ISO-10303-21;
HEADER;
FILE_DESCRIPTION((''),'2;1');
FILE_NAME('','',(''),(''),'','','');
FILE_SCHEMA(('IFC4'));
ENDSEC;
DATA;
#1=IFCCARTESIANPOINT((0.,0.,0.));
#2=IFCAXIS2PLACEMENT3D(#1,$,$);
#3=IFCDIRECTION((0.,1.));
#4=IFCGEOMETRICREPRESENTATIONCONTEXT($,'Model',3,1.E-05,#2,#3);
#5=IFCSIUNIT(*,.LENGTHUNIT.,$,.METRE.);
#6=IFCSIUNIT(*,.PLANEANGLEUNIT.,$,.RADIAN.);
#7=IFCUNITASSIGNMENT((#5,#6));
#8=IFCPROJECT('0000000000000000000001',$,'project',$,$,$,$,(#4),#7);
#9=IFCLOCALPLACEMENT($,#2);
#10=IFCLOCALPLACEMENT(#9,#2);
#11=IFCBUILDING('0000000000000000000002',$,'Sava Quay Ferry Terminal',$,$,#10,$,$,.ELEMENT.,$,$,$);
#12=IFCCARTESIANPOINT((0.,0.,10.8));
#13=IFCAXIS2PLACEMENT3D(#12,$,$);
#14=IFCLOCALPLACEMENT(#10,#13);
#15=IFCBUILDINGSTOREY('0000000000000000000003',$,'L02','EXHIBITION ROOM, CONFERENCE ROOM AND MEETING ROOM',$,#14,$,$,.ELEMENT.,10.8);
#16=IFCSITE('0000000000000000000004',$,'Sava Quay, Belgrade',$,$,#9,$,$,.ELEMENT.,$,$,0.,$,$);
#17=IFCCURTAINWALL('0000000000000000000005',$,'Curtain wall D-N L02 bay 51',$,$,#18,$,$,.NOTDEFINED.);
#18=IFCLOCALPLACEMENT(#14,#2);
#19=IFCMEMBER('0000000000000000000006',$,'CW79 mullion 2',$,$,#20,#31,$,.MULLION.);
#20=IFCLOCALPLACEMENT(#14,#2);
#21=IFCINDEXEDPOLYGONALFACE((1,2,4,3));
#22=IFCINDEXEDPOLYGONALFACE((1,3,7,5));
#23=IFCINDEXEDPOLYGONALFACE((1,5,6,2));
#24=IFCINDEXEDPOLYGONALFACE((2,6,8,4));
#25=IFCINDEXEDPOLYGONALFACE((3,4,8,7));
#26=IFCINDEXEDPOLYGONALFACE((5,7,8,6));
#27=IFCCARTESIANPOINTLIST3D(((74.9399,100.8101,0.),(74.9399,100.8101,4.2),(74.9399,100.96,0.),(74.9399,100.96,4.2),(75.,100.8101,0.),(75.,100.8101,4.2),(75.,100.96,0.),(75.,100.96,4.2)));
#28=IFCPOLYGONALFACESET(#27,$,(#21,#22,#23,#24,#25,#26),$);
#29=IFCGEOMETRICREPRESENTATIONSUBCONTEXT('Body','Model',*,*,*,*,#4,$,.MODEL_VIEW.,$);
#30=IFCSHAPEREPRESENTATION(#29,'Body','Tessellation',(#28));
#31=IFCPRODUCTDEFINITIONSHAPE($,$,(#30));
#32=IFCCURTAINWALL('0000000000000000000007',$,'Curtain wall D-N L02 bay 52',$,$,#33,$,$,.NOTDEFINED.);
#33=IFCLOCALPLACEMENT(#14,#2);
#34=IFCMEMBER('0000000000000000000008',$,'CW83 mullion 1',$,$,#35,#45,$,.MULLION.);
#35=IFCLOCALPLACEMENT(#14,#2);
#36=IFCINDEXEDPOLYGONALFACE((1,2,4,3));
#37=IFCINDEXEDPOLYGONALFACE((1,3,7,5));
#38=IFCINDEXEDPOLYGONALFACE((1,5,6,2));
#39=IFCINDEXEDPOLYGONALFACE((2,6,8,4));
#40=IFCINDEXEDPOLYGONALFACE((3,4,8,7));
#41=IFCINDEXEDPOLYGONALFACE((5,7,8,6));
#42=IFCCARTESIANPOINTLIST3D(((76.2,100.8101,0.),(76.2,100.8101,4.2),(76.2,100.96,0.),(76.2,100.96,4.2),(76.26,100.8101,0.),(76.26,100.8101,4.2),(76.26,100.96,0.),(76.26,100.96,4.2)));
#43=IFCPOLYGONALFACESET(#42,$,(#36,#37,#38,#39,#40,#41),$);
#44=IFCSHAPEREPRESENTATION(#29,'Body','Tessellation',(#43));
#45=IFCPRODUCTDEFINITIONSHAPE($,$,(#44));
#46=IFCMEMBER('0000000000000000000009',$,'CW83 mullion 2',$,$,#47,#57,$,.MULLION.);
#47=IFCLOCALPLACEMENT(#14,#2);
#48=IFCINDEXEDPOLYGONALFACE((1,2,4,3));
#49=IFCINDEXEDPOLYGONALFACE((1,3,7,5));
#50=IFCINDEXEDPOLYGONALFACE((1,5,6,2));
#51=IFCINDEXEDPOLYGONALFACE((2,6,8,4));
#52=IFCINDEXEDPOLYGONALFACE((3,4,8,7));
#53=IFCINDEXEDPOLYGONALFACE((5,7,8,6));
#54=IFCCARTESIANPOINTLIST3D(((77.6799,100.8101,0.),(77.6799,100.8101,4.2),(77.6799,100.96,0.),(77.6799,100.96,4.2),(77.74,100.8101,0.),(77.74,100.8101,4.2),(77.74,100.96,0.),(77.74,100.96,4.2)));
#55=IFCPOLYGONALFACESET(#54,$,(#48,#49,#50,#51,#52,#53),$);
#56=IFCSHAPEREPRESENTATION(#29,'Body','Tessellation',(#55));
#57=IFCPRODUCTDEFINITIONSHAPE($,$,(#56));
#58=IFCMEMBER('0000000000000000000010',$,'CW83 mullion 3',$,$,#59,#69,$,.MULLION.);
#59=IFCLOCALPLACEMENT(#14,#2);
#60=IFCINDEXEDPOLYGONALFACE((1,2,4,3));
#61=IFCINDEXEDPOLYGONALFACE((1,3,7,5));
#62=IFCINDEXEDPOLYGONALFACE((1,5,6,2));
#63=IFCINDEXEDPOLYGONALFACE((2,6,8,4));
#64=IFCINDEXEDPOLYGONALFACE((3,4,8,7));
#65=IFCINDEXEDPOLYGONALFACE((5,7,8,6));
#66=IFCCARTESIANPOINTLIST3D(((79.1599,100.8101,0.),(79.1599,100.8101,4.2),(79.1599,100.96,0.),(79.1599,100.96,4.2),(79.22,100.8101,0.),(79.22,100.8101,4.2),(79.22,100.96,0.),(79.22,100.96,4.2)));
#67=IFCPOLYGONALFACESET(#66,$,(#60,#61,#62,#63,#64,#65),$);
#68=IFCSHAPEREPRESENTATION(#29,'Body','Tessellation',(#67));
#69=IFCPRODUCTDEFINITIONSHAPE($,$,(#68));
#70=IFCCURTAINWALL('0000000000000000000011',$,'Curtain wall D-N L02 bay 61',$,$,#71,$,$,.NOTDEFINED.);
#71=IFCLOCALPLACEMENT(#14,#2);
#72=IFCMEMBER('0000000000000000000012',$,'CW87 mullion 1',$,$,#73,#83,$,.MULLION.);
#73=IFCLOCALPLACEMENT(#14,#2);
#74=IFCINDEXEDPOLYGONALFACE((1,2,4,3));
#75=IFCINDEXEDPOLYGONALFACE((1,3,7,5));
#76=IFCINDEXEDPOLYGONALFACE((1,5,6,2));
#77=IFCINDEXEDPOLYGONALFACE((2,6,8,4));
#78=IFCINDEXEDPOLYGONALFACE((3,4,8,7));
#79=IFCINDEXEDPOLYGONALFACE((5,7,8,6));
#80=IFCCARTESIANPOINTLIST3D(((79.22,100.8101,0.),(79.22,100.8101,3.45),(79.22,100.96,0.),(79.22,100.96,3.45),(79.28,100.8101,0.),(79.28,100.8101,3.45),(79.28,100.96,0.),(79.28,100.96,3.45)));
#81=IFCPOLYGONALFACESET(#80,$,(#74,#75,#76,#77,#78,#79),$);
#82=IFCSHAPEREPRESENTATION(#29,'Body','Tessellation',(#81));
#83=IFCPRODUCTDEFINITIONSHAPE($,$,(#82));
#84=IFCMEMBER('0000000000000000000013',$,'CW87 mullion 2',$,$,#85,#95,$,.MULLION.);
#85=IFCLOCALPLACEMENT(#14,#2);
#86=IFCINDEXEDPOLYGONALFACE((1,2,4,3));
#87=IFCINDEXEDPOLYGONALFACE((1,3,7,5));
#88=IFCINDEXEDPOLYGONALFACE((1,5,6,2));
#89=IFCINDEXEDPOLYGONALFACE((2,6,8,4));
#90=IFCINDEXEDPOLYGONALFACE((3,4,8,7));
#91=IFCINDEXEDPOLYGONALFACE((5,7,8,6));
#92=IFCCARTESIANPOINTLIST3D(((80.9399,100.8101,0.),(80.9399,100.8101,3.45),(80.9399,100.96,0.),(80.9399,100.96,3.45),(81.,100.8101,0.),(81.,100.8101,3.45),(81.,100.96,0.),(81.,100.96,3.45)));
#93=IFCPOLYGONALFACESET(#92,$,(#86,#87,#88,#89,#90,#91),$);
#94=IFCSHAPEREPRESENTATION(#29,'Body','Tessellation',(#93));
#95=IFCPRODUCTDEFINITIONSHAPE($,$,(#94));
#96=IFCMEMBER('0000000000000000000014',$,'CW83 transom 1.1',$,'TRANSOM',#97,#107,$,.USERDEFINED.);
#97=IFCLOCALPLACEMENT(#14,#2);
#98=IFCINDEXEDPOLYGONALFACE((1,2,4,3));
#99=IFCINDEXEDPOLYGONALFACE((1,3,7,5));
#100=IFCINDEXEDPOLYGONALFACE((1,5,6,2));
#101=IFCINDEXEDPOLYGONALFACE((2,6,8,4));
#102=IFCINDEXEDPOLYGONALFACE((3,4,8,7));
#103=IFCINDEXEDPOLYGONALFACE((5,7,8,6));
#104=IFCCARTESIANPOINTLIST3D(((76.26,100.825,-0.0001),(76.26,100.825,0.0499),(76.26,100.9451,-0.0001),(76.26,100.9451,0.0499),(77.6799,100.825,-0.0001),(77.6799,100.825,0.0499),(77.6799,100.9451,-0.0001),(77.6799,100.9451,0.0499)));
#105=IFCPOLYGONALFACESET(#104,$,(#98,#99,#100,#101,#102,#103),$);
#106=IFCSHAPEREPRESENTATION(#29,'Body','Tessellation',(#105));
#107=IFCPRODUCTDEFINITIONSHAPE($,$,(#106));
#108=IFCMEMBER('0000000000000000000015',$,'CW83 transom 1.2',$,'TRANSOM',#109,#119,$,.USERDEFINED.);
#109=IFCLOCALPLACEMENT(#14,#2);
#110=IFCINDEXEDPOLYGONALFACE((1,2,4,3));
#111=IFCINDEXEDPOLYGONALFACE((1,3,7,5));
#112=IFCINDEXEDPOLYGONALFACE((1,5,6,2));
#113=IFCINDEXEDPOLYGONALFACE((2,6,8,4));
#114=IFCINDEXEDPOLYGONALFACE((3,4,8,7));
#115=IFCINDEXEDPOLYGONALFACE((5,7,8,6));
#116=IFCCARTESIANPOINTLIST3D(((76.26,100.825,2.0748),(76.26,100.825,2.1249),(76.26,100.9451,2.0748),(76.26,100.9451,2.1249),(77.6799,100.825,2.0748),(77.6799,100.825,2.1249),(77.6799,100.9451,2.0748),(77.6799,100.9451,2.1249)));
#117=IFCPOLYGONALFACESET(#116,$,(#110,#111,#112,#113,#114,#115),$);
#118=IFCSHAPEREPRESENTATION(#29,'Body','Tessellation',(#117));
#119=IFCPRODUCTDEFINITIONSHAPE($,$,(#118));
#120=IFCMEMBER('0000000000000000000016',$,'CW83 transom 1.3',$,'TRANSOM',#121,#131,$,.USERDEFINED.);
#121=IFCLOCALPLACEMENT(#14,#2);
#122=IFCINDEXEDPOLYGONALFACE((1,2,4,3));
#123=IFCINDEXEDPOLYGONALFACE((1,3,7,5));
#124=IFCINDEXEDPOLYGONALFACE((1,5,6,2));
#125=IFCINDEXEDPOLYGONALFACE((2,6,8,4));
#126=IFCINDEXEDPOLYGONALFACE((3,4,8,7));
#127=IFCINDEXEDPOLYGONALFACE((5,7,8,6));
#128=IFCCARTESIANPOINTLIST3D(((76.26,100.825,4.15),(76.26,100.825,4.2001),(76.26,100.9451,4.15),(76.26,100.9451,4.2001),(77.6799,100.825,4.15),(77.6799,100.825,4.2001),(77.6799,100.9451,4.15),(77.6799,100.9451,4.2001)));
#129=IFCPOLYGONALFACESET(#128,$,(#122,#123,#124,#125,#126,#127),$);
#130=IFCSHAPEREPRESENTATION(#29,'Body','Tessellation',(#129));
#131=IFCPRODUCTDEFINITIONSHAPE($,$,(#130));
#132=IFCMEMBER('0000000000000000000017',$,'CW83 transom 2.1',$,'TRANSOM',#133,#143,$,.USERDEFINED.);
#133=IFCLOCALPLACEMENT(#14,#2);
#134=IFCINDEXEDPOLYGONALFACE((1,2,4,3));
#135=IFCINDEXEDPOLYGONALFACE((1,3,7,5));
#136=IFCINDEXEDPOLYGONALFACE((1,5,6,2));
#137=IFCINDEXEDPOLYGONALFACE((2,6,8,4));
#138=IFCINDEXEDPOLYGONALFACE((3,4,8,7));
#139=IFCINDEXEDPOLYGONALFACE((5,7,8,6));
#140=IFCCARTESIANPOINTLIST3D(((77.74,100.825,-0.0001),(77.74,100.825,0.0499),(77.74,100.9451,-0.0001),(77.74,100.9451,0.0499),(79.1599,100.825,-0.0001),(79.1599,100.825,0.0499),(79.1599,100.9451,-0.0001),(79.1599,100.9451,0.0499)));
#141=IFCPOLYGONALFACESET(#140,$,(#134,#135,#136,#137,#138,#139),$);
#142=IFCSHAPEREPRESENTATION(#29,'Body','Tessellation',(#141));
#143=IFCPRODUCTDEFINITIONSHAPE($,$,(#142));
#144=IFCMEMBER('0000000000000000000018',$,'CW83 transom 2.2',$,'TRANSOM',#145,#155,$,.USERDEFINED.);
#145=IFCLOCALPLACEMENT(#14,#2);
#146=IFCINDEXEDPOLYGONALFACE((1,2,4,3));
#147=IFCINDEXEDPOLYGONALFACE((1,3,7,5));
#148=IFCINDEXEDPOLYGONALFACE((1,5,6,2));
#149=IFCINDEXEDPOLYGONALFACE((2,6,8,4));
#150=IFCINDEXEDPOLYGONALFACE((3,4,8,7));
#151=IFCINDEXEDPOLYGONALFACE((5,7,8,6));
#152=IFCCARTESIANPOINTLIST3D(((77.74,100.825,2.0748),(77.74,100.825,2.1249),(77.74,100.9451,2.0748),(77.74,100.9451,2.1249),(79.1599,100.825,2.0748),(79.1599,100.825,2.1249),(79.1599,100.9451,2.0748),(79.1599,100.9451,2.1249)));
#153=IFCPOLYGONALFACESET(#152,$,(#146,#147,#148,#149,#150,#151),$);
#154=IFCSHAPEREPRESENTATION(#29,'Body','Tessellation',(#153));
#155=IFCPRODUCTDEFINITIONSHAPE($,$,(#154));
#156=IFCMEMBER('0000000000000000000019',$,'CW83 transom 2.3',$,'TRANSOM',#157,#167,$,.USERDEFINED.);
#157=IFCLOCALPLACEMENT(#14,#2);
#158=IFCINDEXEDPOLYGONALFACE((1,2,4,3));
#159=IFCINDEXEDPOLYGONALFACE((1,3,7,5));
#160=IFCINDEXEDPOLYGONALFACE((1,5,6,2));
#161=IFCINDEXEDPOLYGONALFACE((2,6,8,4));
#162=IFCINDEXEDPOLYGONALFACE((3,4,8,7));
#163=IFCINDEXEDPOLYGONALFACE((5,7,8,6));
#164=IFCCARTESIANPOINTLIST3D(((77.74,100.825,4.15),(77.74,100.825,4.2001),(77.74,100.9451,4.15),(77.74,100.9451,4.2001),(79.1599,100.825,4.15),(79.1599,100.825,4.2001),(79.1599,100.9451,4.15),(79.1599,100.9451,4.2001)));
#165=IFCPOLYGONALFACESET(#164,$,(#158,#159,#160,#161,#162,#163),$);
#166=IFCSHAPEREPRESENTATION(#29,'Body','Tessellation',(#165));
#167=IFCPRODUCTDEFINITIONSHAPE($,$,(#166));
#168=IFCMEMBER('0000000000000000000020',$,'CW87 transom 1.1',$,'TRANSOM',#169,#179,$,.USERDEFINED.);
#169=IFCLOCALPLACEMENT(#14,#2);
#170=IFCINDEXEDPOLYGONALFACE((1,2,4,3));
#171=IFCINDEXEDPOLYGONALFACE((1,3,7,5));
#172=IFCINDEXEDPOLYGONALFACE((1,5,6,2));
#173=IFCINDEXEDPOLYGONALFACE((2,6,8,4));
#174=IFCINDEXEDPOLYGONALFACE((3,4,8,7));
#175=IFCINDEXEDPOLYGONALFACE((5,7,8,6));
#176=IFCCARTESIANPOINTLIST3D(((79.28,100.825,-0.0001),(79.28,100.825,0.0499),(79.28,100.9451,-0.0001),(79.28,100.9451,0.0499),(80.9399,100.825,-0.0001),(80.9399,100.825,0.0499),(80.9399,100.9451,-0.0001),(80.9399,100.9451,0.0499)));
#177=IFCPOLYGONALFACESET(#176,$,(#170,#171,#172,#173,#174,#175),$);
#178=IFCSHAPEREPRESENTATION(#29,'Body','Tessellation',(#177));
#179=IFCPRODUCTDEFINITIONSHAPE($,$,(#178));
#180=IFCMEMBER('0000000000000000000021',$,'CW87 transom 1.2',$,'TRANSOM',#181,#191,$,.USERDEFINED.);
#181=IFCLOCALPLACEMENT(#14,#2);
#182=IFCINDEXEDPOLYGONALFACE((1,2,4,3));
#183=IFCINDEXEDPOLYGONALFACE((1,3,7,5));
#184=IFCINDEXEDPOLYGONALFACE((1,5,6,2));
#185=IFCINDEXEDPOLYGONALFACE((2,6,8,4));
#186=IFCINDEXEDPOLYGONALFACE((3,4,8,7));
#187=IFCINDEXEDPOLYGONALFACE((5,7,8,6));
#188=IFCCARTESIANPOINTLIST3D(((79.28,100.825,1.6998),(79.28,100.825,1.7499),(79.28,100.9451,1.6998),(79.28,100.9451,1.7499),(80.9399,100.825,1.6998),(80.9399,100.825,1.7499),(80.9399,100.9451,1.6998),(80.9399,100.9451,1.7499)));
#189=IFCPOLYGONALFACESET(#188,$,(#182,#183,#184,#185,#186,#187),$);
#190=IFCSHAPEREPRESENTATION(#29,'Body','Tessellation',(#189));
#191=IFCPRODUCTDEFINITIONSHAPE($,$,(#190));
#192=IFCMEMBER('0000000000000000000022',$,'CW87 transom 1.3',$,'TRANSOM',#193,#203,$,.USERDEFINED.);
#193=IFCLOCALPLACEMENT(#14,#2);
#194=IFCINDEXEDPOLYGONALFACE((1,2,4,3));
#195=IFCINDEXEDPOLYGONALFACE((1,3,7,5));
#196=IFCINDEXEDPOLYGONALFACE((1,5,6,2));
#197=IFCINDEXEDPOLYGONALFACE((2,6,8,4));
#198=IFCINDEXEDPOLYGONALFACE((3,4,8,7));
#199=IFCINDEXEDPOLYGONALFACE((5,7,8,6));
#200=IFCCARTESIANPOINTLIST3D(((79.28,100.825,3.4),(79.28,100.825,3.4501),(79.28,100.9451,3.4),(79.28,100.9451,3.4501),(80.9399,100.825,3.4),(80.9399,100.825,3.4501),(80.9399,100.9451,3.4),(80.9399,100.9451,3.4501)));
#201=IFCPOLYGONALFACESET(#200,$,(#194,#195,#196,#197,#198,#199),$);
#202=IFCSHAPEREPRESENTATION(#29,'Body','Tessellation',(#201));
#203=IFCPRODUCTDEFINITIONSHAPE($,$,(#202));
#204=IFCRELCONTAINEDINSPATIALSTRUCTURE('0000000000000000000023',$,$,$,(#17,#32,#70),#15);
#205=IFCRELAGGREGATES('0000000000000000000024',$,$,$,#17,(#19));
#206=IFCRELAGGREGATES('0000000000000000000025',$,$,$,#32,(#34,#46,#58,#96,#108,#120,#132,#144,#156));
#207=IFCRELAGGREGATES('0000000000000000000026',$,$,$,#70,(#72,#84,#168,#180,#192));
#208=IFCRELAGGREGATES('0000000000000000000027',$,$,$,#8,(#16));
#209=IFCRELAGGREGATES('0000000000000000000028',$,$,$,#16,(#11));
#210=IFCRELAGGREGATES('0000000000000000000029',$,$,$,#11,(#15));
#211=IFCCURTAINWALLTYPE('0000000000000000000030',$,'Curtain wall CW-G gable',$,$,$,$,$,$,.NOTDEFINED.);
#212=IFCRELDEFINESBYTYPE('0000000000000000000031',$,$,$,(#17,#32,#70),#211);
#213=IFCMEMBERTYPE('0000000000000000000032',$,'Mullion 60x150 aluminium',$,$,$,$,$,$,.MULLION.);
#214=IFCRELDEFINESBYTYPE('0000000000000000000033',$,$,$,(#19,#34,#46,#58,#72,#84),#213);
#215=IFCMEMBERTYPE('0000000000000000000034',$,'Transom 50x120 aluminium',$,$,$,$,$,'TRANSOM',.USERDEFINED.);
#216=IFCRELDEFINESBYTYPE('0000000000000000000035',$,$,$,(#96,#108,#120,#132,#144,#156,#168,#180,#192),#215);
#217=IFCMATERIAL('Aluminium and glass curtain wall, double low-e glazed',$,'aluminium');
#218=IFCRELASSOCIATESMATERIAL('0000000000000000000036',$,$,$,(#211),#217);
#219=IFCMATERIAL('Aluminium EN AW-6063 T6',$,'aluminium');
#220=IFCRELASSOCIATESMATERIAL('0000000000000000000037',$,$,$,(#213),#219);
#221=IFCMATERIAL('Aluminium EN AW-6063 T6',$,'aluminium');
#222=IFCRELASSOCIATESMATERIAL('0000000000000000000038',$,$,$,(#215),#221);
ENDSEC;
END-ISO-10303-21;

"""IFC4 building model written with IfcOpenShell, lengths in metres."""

from ifc_helpers import new_model, si_unit, direction, frame, origin, origin_2d, place, context, subcontext, project, spatial, rectangle, extrude, material, material_profile, profile_set, type_object, element, aggregate, save


model = new_model("IFC4")

# Units and contexts
model_context = context("Model", 3, precision=1e-05, world=origin(), true_north=direction((0.0, 1.0)))
body_context = subcontext(model_context, "Body", "Model", "MODEL_VIEW")
ifc_project = project(units=[si_unit("LENGTHUNIT", "METRE"), si_unit("PLANEANGLEUNIT", "RADIAN")], contexts=[model_context])

# Site, building, storey
site_placement = place(None, origin())
site = spatial("IfcSite", under=ifc_project, at=site_placement, Name="Sava Quay, Belgrade", CompositionType="ELEMENT", RefElevation=0.0)
building_placement = place(site_placement, origin())
building = spatial("IfcBuilding", under=site, at=building_placement, Name="Sava Quay Ferry Terminal", CompositionType="ELEMENT")
storey_placement = place(building_placement, frame((0.0, 0.0, 10.8)))
storey = spatial("IfcBuildingStorey", under=building, at=storey_placement, Name="L02", Description="EXHIBITION ROOM, CONFERENCE ROOM AND MEETING ROOM", CompositionType="ELEMENT", Elevation=10.8)

# Curtain wall, member
ifc_material_1 = material(Name="Aluminium and glass curtain wall, double low-e glazed", Category="aluminium")
curtain_wall_type = type_object("IfcCurtainWallType", Name="Curtain wall CW-G gable", PredefinedType="NOTDEFINED", material=ifc_material_1)
curtain_wall_1_placement = place(storey_placement, origin())
curtain_wall_1 = element("IfcCurtainWall", 1, at=curtain_wall_1_placement, inside=storey, type_object=curtain_wall_type, Name="Curtain wall D-N L02 bay 51", PredefinedType="NOTDEFINED")
ifc_material_2 = material(Name="Aluminium EN AW-6063 T6", Category="aluminium")
ifc_material_profile_1 = material_profile(ifc_material_2, rectangle(XDim=0.1499, YDim=0.0601, at=origin_2d()), Name="Mullion 60x150 aluminium")
ifc_profile_set_1 = profile_set([ifc_material_profile_1], Name="Aluminium EN AW-6063 T6")
member_type_1 = type_object("IfcMemberType", Name="Mullion 60x150 aluminium", PredefinedType="MULLION", material=ifc_profile_set_1)
member_1_placement = place(storey_placement, frame((74.97, 100.885, 0.0), z_axis=(0.0, 0.0, 1.0), x_axis=(0.0, 1.0, 0.0)))
member_1 = element("IfcMember", 2, at=member_1_placement, type_object=member_type_1, Name="CW79 mullion 2", PredefinedType="MULLION", context=body_context, shape_type="SweptSolid", body=[
    extrude(rectangle(XDim=0.1499, YDim=0.0601, at=origin_2d()), origin(), (0.0, 0.0, 1.0), 4.2),
])

# Curtain walls, members
curtain_wall_2_placement = place(storey_placement, origin())
curtain_wall_2 = element("IfcCurtainWall", 3, at=curtain_wall_2_placement, inside=storey, type_object=curtain_wall_type, Name="Curtain wall D-N L02 bay 52", PredefinedType="NOTDEFINED")
member_2_placement = place(storey_placement, frame((76.23, 100.885, 0.0), z_axis=(0.0, 0.0, 1.0), x_axis=(0.0, 1.0, 0.0)))
member_2 = element("IfcMember", 4, at=member_2_placement, type_object=member_type_1, Name="CW83 mullion 1", PredefinedType="MULLION", context=body_context, shape_type="SweptSolid", body=[
    extrude(rectangle(XDim=0.1499, YDim=0.0601, at=origin_2d()), origin(), (0.0, 0.0, 1.0), 4.2),
])
member_3_placement = place(storey_placement, frame((77.71, 100.885, 0.0), z_axis=(0.0, 0.0, 1.0), x_axis=(0.0, 1.0, 0.0)))
member_3 = element("IfcMember", 5, at=member_3_placement, type_object=member_type_1, Name="CW83 mullion 2", PredefinedType="MULLION", context=body_context, shape_type="SweptSolid", body=[
    extrude(rectangle(XDim=0.1499, YDim=0.0601, at=origin_2d()), origin(), (0.0, 0.0, 1.0), 4.2),
])
member_4_placement = place(storey_placement, frame((79.1899, 100.885, 0.0), z_axis=(0.0, 0.0, 1.0), x_axis=(0.0, 1.0, 0.0)))
member_4 = element("IfcMember", 6, at=member_4_placement, type_object=member_type_1, Name="CW83 mullion 3", PredefinedType="MULLION", context=body_context, shape_type="SweptSolid", body=[
    extrude(rectangle(XDim=0.1499, YDim=0.0601, at=origin_2d()), origin(), (0.0, 0.0, 1.0), 4.2),
])
curtain_wall_3_placement = place(storey_placement, origin())
curtain_wall_3 = element("IfcCurtainWall", 7, at=curtain_wall_3_placement, inside=storey, type_object=curtain_wall_type, Name="Curtain wall D-N L02 bay 61", PredefinedType="NOTDEFINED")
member_5_placement = place(storey_placement, frame((79.25, 100.885, 0.0), z_axis=(0.0, 0.0, 1.0), x_axis=(0.0, 1.0, 0.0)))
member_5 = element("IfcMember", 8, at=member_5_placement, type_object=member_type_1, Name="CW87 mullion 1", PredefinedType="MULLION", context=body_context, shape_type="SweptSolid", body=[
    extrude(rectangle(XDim=0.1499, YDim=0.0601, at=origin_2d()), origin(), (0.0, 0.0, 1.0), 3.45),
])
member_6_placement = place(storey_placement, frame((80.97, 100.885, 0.0), z_axis=(0.0, 0.0, 1.0), x_axis=(0.0, 1.0, 0.0)))
member_6 = element("IfcMember", 9, at=member_6_placement, type_object=member_type_1, Name="CW87 mullion 2", PredefinedType="MULLION", context=body_context, shape_type="SweptSolid", body=[
    extrude(rectangle(XDim=0.1499, YDim=0.0601, at=origin_2d()), origin(), (0.0, 0.0, 1.0), 3.45),
])

# Members
ifc_material_3 = material(Name="Aluminium EN AW-6063 T6", Category="aluminium")
ifc_material_profile_2 = material_profile(ifc_material_3, rectangle(XDim=0.1201, YDim=0.05, at=origin_2d()), Name="Transom 50x120 aluminium")
ifc_profile_set_2 = profile_set([ifc_material_profile_2], Name="Aluminium EN AW-6063 T6")
member_type_2 = type_object("IfcMemberType", Name="Transom 50x120 aluminium", ElementType="TRANSOM", PredefinedType="USERDEFINED", material=ifc_profile_set_2)
member_7_placement = place(storey_placement, frame((76.26, 100.885, 0.0249), z_axis=(1.0, 0.0, 0.0), x_axis=(0.0, 1.0, 0.0)))
member_7 = element("IfcMember", 10, at=member_7_placement, type_object=member_type_2, Name="CW83 transom 1.1", ObjectType="TRANSOM", PredefinedType="USERDEFINED", context=body_context, shape_type="SweptSolid", body=[
    extrude(rectangle(XDim=0.1201, YDim=0.05, at=origin_2d()), origin(), (0.0, 0.0, 1.0), 1.4199),
])
member_8_placement = place(storey_placement, frame((76.26, 100.885, 2.0999), z_axis=(1.0, 0.0, 0.0), x_axis=(0.0, 1.0, 0.0)))
member_8 = element("IfcMember", 11, at=member_8_placement, type_object=member_type_2, Name="CW83 transom 1.2", ObjectType="TRANSOM", PredefinedType="USERDEFINED", context=body_context, shape_type="SweptSolid", body=[
    extrude(rectangle(XDim=0.1201, YDim=0.05, at=origin_2d()), origin(), (0.0, 0.0, 1.0), 1.4199),
])
member_9_placement = place(storey_placement, frame((76.26, 100.885, 4.175), z_axis=(1.0, 0.0, 0.0), x_axis=(0.0, 1.0, 0.0)))
member_9 = element("IfcMember", 12, at=member_9_placement, type_object=member_type_2, Name="CW83 transom 1.3", ObjectType="TRANSOM", PredefinedType="USERDEFINED", context=body_context, shape_type="SweptSolid", body=[
    extrude(rectangle(XDim=0.1201, YDim=0.05, at=origin_2d()), origin(), (0.0, 0.0, 1.0), 1.4199),
])
member_10_placement = place(storey_placement, frame((77.74, 100.885, 0.0249), z_axis=(1.0, 0.0, 0.0), x_axis=(0.0, 1.0, 0.0)))
member_10 = element("IfcMember", 13, at=member_10_placement, type_object=member_type_2, Name="CW83 transom 2.1", ObjectType="TRANSOM", PredefinedType="USERDEFINED", context=body_context, shape_type="SweptSolid", body=[
    extrude(rectangle(XDim=0.1201, YDim=0.05, at=origin_2d()), origin(), (0.0, 0.0, 1.0), 1.4199),
])
member_11_placement = place(storey_placement, frame((77.74, 100.885, 2.0999), z_axis=(1.0, 0.0, 0.0), x_axis=(0.0, 1.0, 0.0)))
member_11 = element("IfcMember", 14, at=member_11_placement, type_object=member_type_2, Name="CW83 transom 2.2", ObjectType="TRANSOM", PredefinedType="USERDEFINED", context=body_context, shape_type="SweptSolid", body=[
    extrude(rectangle(XDim=0.1201, YDim=0.05, at=origin_2d()), origin(), (0.0, 0.0, 1.0), 1.4199),
])
member_12_placement = place(storey_placement, frame((77.74, 100.885, 4.175), z_axis=(1.0, 0.0, 0.0), x_axis=(0.0, 1.0, 0.0)))
member_12 = element("IfcMember", 15, at=member_12_placement, type_object=member_type_2, Name="CW83 transom 2.3", ObjectType="TRANSOM", PredefinedType="USERDEFINED", context=body_context, shape_type="SweptSolid", body=[
    extrude(rectangle(XDim=0.1201, YDim=0.05, at=origin_2d()), origin(), (0.0, 0.0, 1.0), 1.4199),
])
member_13_placement = place(storey_placement, frame((79.28, 100.885, 0.0249), z_axis=(1.0, 0.0, 0.0), x_axis=(0.0, 1.0, 0.0)))
member_13 = element("IfcMember", 16, at=member_13_placement, type_object=member_type_2, Name="CW87 transom 1.1", ObjectType="TRANSOM", PredefinedType="USERDEFINED", context=body_context, shape_type="SweptSolid", body=[
    extrude(rectangle(XDim=0.1201, YDim=0.05, at=origin_2d()), origin(), (0.0, 0.0, 1.0), 1.6599),
])
member_14_placement = place(storey_placement, frame((79.28, 100.885, 1.7249), z_axis=(1.0, 0.0, 0.0), x_axis=(0.0, 1.0, 0.0)))
member_14 = element("IfcMember", 17, at=member_14_placement, type_object=member_type_2, Name="CW87 transom 1.2", ObjectType="TRANSOM", PredefinedType="USERDEFINED", context=body_context, shape_type="SweptSolid", body=[
    extrude(rectangle(XDim=0.1201, YDim=0.05, at=origin_2d()), origin(), (0.0, 0.0, 1.0), 1.6599),
])
member_15_placement = place(storey_placement, frame((79.28, 100.885, 3.425), z_axis=(1.0, 0.0, 0.0), x_axis=(0.0, 1.0, 0.0)))
member_15 = element("IfcMember", 18, at=member_15_placement, type_object=member_type_2, Name="CW87 transom 1.3", ObjectType="TRANSOM", PredefinedType="USERDEFINED", context=body_context, shape_type="SweptSolid", body=[
    extrude(rectangle(XDim=0.1201, YDim=0.05, at=origin_2d()), origin(), (0.0, 0.0, 1.0), 1.6599),
])

aggregate(curtain_wall_1, [member_1])
aggregate(curtain_wall_2, [member_2, member_3, member_4, member_7, member_8, member_9, member_10, member_11, member_12])
aggregate(curtain_wall_3, [member_5, member_6, member_13, member_14, member_15])

save(model, "model.ifc")
